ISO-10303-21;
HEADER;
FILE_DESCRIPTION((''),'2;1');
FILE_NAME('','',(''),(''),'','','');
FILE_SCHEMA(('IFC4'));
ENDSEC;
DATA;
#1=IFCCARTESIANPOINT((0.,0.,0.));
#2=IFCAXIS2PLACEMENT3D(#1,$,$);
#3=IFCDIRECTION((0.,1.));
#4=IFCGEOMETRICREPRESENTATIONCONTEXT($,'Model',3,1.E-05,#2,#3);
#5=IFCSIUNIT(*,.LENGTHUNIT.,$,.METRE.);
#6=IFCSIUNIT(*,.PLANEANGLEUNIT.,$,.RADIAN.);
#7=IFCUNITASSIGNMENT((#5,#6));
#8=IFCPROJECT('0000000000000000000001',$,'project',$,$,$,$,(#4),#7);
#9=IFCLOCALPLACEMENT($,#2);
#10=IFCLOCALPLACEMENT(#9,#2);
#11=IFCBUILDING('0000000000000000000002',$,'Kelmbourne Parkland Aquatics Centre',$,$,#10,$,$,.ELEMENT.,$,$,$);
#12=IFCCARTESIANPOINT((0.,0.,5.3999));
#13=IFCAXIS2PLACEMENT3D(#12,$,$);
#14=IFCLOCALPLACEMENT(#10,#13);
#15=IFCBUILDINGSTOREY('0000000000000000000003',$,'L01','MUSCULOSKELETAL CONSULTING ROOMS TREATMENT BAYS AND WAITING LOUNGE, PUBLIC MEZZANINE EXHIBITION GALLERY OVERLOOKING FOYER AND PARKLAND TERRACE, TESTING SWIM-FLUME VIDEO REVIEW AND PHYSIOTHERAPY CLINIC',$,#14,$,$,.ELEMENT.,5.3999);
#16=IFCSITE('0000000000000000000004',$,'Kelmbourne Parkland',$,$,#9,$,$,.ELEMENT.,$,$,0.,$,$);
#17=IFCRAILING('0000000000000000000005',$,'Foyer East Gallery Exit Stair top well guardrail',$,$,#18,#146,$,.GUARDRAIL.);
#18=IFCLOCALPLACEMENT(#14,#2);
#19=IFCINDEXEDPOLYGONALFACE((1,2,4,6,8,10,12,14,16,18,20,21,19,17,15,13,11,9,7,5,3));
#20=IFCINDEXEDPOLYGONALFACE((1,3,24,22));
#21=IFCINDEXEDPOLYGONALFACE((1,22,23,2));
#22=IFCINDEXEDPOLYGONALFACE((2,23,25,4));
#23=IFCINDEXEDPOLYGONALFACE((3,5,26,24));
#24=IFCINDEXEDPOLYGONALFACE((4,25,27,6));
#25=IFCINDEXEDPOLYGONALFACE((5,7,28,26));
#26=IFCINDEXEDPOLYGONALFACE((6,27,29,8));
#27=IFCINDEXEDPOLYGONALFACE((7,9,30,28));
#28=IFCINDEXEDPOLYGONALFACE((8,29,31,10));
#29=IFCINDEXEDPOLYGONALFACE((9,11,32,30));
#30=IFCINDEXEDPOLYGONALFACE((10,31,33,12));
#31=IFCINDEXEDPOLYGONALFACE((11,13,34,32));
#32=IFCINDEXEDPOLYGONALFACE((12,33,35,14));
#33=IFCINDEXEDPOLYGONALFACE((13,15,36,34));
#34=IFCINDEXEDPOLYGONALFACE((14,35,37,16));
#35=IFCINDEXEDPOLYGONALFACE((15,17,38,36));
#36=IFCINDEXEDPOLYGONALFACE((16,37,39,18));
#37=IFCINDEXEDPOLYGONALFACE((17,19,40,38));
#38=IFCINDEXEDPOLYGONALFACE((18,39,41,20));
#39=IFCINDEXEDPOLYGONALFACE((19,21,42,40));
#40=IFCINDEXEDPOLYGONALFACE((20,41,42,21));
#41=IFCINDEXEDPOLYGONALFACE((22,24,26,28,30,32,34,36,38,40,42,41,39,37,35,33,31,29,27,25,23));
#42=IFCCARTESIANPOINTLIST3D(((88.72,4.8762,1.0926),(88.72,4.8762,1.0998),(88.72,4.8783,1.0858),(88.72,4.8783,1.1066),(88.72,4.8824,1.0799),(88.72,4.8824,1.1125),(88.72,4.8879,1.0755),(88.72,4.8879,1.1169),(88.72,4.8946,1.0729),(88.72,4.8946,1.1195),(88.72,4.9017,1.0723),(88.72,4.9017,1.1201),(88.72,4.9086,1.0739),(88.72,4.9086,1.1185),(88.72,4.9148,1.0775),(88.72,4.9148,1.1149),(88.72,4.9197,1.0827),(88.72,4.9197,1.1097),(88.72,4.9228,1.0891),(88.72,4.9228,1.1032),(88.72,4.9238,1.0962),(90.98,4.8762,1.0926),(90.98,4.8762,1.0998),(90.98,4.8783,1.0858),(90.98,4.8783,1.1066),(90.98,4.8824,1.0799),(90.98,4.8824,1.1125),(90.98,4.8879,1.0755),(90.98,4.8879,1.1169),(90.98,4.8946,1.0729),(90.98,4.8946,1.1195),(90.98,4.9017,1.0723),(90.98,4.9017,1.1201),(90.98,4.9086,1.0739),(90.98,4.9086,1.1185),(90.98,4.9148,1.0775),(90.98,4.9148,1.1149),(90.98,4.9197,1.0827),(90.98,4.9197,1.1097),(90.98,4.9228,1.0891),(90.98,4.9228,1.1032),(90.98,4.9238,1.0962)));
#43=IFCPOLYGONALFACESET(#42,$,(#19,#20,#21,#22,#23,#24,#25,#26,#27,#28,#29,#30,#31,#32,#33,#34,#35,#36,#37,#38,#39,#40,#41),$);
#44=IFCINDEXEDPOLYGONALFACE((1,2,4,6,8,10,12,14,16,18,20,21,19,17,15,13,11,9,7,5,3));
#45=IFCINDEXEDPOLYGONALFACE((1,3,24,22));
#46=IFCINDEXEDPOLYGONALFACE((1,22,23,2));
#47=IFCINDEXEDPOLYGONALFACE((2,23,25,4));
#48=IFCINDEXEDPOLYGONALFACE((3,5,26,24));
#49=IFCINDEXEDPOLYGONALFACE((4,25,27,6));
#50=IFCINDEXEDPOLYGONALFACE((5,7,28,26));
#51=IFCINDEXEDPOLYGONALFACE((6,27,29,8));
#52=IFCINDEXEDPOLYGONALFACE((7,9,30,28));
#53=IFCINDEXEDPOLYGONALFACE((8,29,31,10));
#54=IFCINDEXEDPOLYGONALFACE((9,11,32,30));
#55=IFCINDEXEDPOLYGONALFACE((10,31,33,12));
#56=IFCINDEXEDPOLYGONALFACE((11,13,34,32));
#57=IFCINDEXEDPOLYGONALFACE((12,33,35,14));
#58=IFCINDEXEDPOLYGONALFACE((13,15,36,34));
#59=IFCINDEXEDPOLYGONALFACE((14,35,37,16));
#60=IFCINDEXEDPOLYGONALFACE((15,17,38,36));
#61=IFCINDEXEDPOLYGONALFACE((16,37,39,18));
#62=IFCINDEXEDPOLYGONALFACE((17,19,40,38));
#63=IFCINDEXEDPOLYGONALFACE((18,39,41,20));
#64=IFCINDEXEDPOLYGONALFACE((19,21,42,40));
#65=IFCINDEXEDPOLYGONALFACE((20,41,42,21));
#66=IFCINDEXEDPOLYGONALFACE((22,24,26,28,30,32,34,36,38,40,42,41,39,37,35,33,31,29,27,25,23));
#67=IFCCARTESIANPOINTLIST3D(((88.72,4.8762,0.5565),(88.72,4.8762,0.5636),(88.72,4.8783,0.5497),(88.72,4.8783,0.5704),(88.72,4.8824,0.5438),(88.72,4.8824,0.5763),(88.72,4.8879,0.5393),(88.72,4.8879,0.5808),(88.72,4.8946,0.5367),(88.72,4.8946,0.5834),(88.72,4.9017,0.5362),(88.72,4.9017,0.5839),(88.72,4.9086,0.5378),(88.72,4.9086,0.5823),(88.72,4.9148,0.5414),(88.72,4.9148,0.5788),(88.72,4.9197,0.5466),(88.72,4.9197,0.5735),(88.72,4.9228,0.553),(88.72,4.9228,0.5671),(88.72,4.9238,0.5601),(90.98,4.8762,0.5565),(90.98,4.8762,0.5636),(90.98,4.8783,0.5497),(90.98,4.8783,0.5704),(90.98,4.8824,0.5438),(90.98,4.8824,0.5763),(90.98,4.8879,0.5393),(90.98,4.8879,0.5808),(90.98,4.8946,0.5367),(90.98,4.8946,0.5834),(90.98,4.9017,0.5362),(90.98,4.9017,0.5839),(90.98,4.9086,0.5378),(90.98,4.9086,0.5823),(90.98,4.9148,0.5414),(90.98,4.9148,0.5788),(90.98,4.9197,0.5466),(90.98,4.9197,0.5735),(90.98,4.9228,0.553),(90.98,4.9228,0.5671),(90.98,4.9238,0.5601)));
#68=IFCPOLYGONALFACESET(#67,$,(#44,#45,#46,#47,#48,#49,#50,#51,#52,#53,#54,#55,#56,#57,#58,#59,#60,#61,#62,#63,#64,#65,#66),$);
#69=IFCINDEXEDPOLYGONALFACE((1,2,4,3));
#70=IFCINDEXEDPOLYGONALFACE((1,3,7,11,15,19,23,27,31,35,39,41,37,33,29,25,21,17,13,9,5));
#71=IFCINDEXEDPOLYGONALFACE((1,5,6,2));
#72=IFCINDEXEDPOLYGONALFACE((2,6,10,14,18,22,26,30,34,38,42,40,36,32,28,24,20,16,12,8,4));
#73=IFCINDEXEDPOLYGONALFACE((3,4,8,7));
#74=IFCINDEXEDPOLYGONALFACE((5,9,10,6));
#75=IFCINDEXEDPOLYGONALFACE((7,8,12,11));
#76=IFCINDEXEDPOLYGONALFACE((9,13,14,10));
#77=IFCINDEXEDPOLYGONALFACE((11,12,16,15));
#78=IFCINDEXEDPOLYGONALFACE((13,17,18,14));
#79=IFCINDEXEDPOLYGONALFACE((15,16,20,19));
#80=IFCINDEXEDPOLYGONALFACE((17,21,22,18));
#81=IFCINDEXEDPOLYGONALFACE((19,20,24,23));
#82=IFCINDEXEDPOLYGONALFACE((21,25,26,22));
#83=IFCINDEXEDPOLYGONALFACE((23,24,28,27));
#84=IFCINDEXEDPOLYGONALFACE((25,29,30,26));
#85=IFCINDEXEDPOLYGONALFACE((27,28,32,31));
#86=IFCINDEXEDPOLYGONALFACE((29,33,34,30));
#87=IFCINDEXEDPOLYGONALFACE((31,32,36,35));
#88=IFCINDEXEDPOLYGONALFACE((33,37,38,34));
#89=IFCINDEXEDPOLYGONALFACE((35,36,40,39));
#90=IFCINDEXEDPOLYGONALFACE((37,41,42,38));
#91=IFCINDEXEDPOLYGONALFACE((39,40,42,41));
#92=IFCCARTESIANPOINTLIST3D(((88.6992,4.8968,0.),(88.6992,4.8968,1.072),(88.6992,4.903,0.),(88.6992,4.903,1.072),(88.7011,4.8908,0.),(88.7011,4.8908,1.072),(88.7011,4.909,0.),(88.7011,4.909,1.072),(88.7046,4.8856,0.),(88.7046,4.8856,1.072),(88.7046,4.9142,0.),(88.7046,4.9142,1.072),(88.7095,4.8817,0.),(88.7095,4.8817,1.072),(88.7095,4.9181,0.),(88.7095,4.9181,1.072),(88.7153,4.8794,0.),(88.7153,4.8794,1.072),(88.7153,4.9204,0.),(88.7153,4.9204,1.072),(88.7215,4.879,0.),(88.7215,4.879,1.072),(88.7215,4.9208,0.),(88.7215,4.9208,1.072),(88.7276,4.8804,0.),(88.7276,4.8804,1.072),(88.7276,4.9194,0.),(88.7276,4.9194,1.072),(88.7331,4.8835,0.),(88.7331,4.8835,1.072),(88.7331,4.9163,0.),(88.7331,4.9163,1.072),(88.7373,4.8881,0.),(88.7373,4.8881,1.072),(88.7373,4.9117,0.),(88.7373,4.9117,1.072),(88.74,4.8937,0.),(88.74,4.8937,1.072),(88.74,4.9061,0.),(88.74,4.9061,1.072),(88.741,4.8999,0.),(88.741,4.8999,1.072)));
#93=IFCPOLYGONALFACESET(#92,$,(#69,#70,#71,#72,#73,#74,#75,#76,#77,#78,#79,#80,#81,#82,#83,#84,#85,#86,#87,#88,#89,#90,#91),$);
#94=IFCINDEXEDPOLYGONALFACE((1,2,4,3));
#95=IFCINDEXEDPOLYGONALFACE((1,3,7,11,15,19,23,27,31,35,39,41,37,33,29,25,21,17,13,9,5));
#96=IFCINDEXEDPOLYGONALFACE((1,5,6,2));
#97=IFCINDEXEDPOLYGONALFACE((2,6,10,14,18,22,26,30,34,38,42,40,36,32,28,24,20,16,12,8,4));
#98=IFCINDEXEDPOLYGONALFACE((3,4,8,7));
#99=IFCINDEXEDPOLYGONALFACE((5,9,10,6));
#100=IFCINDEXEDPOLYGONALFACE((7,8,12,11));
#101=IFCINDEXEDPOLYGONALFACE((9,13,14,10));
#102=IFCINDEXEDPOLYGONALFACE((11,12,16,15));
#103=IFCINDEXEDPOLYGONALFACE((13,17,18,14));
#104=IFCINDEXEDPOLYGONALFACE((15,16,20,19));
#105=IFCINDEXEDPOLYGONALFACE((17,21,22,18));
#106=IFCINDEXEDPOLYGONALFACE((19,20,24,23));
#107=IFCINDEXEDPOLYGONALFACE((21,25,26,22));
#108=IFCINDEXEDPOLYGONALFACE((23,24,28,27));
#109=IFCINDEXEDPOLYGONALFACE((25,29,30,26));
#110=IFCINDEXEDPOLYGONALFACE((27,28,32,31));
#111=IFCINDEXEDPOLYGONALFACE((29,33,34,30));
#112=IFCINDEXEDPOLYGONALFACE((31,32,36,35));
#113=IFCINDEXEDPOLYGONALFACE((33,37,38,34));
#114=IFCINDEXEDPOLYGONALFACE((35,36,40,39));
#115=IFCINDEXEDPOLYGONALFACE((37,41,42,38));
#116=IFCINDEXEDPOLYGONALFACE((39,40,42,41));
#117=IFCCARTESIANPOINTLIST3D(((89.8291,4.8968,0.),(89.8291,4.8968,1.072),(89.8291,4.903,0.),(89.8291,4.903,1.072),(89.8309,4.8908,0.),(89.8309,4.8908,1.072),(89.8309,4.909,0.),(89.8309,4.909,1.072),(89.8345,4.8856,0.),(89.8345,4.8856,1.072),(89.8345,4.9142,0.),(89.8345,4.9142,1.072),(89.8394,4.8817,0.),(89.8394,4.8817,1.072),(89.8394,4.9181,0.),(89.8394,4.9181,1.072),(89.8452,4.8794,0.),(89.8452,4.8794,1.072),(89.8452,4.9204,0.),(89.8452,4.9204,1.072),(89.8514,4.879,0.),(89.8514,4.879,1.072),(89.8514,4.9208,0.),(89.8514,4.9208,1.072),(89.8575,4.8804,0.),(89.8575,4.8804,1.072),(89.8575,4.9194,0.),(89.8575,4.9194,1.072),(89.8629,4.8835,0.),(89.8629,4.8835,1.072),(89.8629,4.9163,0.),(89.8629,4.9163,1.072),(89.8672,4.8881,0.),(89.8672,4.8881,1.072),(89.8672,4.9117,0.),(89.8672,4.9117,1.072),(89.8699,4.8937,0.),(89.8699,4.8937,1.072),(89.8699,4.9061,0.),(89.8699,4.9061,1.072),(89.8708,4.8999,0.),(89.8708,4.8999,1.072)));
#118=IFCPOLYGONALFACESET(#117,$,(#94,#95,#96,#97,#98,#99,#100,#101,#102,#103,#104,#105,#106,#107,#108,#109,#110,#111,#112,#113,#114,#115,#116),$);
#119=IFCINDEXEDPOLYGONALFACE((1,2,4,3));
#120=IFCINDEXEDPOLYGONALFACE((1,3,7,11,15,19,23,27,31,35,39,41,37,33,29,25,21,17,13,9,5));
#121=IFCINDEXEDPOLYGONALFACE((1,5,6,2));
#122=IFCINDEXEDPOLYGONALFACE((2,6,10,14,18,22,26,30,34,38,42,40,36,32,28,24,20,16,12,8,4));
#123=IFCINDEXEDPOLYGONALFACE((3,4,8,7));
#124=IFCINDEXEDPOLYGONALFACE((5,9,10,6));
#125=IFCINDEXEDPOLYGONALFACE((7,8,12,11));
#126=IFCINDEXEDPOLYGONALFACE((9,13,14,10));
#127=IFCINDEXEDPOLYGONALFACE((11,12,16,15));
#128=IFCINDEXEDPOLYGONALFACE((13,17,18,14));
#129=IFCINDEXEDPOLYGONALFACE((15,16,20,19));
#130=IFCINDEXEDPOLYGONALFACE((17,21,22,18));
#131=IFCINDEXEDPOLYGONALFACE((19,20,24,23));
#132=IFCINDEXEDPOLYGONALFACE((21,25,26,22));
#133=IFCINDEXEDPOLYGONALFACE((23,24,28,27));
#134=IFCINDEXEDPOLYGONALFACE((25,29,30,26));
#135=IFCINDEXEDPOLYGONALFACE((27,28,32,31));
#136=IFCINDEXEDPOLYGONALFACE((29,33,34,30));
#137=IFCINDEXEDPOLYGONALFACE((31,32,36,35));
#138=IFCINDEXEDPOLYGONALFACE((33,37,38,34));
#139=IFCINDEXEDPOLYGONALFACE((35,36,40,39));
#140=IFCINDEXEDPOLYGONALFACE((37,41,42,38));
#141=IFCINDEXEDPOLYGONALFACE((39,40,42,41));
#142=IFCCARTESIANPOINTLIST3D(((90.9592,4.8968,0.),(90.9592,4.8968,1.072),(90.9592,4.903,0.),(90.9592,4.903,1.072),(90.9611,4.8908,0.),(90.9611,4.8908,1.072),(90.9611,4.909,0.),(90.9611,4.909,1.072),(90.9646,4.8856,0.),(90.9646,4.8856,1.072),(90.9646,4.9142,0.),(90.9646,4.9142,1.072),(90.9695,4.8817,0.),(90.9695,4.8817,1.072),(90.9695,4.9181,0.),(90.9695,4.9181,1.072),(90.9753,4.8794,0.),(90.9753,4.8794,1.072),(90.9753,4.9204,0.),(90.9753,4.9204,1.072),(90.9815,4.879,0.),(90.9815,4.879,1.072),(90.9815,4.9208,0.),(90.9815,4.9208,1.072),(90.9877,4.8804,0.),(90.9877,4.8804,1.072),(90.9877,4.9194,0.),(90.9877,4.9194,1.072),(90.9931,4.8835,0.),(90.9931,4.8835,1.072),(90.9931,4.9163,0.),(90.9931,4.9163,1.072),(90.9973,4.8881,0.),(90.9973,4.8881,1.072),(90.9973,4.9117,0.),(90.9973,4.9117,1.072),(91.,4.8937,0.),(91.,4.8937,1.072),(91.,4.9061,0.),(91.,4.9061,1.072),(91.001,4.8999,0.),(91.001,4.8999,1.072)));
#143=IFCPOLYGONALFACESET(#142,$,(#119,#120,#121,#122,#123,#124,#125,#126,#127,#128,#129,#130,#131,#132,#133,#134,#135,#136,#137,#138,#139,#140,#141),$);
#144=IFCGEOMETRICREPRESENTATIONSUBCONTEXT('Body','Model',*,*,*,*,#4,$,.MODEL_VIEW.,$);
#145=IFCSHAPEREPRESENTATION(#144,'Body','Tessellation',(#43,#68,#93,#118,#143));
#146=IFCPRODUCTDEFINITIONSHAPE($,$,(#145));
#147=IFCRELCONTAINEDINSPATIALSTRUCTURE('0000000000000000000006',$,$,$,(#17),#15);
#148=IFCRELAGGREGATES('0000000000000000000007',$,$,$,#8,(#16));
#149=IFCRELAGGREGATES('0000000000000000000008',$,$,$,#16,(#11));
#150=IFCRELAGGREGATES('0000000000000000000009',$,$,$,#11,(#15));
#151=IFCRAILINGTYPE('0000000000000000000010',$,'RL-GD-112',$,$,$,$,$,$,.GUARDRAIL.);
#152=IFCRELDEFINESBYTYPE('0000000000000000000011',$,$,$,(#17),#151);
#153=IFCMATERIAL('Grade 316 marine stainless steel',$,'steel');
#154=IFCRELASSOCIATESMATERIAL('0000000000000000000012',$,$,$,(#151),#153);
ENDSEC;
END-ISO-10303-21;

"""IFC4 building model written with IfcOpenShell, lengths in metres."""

from ifc_helpers import new_model, si_unit, direction, frame, origin, origin_2d, place, context, subcontext, project, spatial, circle, extrude, material, type_object, element, save


model = new_model("IFC4")

# Units and contexts
model_context = context("Model", 3, precision=1e-05, world=origin(), true_north=direction((0.0, 1.0)))
body_context = subcontext(model_context, "Body", "Model", "MODEL_VIEW")
ifc_project = project(units=[si_unit("LENGTHUNIT", "METRE"), si_unit("PLANEANGLEUNIT", "RADIAN")], contexts=[model_context])

# Site, building, storey
site_placement = place(None, origin())
site = spatial("IfcSite", under=ifc_project, at=site_placement, Name="Kelmbourne Parkland", CompositionType="ELEMENT", RefElevation=0.0)
building_placement = place(site_placement, origin())
building = spatial("IfcBuilding", under=site, at=building_placement, Name="Kelmbourne Parkland Aquatics Centre", CompositionType="ELEMENT")
storey_placement = place(building_placement, frame((0.0, 0.0, 5.3999)))
storey = spatial("IfcBuildingStorey", under=building, at=storey_placement, Name="L01", Description="MUSCULOSKELETAL CONSULTING ROOMS TREATMENT BAYS AND WAITING LOUNGE, PUBLIC MEZZANINE EXHIBITION GALLERY OVERLOOKING FOYER AND PARKLAND TERRACE, TESTING SWIM-FLUME VIDEO REVIEW AND PHYSIOTHERAPY CLINIC", CompositionType="ELEMENT", Elevation=5.3999)

# Railing
ifc_material_1 = material(Name="Grade 316 marine stainless steel", Category="steel")
railing_type = type_object("IfcRailingType", Name="RL-GD-112", PredefinedType="GUARDRAIL", material=ifc_material_1)
railing_placement = place(storey_placement, frame((88.72, 4.8999, 0.0)))
element("IfcRailing", 1, at=railing_placement, inside=storey, type_object=railing_type, Name="Foyer East Gallery Exit Stair top well guardrail", PredefinedType="GUARDRAIL", context=body_context, shape_type="SweptSolid", body=[
    extrude(circle(Radius=0.0239, at=origin_2d()), frame((0.0, 0.0, 1.0962), z_axis=(1.0, 0.0, 0.0), x_axis=(0.0, 1.0, 0.0)), (0.0, 0.0, 1.0), 2.26),
    extrude(circle(Radius=0.0239, at=origin_2d()), frame((0.0, 0.0, 0.5601), z_axis=(1.0, 0.0, 0.0), x_axis=(0.0, 1.0, 0.0)), (0.0, 0.0, 1.0), 2.26),
    extrude(circle(Radius=0.021, at=origin_2d()), origin(), (0.0, 0.0, 1.0), 1.072),
    extrude(circle(Radius=0.021, at=origin_2d()), frame((1.1299, 0.0, 0.0)), (0.0, 0.0, 1.0), 1.072),
    extrude(circle(Radius=0.021, at=origin_2d()), frame((2.26, 0.0, 0.0)), (0.0, 0.0, 1.0), 1.072),
])

save(model, "model.ifc")
